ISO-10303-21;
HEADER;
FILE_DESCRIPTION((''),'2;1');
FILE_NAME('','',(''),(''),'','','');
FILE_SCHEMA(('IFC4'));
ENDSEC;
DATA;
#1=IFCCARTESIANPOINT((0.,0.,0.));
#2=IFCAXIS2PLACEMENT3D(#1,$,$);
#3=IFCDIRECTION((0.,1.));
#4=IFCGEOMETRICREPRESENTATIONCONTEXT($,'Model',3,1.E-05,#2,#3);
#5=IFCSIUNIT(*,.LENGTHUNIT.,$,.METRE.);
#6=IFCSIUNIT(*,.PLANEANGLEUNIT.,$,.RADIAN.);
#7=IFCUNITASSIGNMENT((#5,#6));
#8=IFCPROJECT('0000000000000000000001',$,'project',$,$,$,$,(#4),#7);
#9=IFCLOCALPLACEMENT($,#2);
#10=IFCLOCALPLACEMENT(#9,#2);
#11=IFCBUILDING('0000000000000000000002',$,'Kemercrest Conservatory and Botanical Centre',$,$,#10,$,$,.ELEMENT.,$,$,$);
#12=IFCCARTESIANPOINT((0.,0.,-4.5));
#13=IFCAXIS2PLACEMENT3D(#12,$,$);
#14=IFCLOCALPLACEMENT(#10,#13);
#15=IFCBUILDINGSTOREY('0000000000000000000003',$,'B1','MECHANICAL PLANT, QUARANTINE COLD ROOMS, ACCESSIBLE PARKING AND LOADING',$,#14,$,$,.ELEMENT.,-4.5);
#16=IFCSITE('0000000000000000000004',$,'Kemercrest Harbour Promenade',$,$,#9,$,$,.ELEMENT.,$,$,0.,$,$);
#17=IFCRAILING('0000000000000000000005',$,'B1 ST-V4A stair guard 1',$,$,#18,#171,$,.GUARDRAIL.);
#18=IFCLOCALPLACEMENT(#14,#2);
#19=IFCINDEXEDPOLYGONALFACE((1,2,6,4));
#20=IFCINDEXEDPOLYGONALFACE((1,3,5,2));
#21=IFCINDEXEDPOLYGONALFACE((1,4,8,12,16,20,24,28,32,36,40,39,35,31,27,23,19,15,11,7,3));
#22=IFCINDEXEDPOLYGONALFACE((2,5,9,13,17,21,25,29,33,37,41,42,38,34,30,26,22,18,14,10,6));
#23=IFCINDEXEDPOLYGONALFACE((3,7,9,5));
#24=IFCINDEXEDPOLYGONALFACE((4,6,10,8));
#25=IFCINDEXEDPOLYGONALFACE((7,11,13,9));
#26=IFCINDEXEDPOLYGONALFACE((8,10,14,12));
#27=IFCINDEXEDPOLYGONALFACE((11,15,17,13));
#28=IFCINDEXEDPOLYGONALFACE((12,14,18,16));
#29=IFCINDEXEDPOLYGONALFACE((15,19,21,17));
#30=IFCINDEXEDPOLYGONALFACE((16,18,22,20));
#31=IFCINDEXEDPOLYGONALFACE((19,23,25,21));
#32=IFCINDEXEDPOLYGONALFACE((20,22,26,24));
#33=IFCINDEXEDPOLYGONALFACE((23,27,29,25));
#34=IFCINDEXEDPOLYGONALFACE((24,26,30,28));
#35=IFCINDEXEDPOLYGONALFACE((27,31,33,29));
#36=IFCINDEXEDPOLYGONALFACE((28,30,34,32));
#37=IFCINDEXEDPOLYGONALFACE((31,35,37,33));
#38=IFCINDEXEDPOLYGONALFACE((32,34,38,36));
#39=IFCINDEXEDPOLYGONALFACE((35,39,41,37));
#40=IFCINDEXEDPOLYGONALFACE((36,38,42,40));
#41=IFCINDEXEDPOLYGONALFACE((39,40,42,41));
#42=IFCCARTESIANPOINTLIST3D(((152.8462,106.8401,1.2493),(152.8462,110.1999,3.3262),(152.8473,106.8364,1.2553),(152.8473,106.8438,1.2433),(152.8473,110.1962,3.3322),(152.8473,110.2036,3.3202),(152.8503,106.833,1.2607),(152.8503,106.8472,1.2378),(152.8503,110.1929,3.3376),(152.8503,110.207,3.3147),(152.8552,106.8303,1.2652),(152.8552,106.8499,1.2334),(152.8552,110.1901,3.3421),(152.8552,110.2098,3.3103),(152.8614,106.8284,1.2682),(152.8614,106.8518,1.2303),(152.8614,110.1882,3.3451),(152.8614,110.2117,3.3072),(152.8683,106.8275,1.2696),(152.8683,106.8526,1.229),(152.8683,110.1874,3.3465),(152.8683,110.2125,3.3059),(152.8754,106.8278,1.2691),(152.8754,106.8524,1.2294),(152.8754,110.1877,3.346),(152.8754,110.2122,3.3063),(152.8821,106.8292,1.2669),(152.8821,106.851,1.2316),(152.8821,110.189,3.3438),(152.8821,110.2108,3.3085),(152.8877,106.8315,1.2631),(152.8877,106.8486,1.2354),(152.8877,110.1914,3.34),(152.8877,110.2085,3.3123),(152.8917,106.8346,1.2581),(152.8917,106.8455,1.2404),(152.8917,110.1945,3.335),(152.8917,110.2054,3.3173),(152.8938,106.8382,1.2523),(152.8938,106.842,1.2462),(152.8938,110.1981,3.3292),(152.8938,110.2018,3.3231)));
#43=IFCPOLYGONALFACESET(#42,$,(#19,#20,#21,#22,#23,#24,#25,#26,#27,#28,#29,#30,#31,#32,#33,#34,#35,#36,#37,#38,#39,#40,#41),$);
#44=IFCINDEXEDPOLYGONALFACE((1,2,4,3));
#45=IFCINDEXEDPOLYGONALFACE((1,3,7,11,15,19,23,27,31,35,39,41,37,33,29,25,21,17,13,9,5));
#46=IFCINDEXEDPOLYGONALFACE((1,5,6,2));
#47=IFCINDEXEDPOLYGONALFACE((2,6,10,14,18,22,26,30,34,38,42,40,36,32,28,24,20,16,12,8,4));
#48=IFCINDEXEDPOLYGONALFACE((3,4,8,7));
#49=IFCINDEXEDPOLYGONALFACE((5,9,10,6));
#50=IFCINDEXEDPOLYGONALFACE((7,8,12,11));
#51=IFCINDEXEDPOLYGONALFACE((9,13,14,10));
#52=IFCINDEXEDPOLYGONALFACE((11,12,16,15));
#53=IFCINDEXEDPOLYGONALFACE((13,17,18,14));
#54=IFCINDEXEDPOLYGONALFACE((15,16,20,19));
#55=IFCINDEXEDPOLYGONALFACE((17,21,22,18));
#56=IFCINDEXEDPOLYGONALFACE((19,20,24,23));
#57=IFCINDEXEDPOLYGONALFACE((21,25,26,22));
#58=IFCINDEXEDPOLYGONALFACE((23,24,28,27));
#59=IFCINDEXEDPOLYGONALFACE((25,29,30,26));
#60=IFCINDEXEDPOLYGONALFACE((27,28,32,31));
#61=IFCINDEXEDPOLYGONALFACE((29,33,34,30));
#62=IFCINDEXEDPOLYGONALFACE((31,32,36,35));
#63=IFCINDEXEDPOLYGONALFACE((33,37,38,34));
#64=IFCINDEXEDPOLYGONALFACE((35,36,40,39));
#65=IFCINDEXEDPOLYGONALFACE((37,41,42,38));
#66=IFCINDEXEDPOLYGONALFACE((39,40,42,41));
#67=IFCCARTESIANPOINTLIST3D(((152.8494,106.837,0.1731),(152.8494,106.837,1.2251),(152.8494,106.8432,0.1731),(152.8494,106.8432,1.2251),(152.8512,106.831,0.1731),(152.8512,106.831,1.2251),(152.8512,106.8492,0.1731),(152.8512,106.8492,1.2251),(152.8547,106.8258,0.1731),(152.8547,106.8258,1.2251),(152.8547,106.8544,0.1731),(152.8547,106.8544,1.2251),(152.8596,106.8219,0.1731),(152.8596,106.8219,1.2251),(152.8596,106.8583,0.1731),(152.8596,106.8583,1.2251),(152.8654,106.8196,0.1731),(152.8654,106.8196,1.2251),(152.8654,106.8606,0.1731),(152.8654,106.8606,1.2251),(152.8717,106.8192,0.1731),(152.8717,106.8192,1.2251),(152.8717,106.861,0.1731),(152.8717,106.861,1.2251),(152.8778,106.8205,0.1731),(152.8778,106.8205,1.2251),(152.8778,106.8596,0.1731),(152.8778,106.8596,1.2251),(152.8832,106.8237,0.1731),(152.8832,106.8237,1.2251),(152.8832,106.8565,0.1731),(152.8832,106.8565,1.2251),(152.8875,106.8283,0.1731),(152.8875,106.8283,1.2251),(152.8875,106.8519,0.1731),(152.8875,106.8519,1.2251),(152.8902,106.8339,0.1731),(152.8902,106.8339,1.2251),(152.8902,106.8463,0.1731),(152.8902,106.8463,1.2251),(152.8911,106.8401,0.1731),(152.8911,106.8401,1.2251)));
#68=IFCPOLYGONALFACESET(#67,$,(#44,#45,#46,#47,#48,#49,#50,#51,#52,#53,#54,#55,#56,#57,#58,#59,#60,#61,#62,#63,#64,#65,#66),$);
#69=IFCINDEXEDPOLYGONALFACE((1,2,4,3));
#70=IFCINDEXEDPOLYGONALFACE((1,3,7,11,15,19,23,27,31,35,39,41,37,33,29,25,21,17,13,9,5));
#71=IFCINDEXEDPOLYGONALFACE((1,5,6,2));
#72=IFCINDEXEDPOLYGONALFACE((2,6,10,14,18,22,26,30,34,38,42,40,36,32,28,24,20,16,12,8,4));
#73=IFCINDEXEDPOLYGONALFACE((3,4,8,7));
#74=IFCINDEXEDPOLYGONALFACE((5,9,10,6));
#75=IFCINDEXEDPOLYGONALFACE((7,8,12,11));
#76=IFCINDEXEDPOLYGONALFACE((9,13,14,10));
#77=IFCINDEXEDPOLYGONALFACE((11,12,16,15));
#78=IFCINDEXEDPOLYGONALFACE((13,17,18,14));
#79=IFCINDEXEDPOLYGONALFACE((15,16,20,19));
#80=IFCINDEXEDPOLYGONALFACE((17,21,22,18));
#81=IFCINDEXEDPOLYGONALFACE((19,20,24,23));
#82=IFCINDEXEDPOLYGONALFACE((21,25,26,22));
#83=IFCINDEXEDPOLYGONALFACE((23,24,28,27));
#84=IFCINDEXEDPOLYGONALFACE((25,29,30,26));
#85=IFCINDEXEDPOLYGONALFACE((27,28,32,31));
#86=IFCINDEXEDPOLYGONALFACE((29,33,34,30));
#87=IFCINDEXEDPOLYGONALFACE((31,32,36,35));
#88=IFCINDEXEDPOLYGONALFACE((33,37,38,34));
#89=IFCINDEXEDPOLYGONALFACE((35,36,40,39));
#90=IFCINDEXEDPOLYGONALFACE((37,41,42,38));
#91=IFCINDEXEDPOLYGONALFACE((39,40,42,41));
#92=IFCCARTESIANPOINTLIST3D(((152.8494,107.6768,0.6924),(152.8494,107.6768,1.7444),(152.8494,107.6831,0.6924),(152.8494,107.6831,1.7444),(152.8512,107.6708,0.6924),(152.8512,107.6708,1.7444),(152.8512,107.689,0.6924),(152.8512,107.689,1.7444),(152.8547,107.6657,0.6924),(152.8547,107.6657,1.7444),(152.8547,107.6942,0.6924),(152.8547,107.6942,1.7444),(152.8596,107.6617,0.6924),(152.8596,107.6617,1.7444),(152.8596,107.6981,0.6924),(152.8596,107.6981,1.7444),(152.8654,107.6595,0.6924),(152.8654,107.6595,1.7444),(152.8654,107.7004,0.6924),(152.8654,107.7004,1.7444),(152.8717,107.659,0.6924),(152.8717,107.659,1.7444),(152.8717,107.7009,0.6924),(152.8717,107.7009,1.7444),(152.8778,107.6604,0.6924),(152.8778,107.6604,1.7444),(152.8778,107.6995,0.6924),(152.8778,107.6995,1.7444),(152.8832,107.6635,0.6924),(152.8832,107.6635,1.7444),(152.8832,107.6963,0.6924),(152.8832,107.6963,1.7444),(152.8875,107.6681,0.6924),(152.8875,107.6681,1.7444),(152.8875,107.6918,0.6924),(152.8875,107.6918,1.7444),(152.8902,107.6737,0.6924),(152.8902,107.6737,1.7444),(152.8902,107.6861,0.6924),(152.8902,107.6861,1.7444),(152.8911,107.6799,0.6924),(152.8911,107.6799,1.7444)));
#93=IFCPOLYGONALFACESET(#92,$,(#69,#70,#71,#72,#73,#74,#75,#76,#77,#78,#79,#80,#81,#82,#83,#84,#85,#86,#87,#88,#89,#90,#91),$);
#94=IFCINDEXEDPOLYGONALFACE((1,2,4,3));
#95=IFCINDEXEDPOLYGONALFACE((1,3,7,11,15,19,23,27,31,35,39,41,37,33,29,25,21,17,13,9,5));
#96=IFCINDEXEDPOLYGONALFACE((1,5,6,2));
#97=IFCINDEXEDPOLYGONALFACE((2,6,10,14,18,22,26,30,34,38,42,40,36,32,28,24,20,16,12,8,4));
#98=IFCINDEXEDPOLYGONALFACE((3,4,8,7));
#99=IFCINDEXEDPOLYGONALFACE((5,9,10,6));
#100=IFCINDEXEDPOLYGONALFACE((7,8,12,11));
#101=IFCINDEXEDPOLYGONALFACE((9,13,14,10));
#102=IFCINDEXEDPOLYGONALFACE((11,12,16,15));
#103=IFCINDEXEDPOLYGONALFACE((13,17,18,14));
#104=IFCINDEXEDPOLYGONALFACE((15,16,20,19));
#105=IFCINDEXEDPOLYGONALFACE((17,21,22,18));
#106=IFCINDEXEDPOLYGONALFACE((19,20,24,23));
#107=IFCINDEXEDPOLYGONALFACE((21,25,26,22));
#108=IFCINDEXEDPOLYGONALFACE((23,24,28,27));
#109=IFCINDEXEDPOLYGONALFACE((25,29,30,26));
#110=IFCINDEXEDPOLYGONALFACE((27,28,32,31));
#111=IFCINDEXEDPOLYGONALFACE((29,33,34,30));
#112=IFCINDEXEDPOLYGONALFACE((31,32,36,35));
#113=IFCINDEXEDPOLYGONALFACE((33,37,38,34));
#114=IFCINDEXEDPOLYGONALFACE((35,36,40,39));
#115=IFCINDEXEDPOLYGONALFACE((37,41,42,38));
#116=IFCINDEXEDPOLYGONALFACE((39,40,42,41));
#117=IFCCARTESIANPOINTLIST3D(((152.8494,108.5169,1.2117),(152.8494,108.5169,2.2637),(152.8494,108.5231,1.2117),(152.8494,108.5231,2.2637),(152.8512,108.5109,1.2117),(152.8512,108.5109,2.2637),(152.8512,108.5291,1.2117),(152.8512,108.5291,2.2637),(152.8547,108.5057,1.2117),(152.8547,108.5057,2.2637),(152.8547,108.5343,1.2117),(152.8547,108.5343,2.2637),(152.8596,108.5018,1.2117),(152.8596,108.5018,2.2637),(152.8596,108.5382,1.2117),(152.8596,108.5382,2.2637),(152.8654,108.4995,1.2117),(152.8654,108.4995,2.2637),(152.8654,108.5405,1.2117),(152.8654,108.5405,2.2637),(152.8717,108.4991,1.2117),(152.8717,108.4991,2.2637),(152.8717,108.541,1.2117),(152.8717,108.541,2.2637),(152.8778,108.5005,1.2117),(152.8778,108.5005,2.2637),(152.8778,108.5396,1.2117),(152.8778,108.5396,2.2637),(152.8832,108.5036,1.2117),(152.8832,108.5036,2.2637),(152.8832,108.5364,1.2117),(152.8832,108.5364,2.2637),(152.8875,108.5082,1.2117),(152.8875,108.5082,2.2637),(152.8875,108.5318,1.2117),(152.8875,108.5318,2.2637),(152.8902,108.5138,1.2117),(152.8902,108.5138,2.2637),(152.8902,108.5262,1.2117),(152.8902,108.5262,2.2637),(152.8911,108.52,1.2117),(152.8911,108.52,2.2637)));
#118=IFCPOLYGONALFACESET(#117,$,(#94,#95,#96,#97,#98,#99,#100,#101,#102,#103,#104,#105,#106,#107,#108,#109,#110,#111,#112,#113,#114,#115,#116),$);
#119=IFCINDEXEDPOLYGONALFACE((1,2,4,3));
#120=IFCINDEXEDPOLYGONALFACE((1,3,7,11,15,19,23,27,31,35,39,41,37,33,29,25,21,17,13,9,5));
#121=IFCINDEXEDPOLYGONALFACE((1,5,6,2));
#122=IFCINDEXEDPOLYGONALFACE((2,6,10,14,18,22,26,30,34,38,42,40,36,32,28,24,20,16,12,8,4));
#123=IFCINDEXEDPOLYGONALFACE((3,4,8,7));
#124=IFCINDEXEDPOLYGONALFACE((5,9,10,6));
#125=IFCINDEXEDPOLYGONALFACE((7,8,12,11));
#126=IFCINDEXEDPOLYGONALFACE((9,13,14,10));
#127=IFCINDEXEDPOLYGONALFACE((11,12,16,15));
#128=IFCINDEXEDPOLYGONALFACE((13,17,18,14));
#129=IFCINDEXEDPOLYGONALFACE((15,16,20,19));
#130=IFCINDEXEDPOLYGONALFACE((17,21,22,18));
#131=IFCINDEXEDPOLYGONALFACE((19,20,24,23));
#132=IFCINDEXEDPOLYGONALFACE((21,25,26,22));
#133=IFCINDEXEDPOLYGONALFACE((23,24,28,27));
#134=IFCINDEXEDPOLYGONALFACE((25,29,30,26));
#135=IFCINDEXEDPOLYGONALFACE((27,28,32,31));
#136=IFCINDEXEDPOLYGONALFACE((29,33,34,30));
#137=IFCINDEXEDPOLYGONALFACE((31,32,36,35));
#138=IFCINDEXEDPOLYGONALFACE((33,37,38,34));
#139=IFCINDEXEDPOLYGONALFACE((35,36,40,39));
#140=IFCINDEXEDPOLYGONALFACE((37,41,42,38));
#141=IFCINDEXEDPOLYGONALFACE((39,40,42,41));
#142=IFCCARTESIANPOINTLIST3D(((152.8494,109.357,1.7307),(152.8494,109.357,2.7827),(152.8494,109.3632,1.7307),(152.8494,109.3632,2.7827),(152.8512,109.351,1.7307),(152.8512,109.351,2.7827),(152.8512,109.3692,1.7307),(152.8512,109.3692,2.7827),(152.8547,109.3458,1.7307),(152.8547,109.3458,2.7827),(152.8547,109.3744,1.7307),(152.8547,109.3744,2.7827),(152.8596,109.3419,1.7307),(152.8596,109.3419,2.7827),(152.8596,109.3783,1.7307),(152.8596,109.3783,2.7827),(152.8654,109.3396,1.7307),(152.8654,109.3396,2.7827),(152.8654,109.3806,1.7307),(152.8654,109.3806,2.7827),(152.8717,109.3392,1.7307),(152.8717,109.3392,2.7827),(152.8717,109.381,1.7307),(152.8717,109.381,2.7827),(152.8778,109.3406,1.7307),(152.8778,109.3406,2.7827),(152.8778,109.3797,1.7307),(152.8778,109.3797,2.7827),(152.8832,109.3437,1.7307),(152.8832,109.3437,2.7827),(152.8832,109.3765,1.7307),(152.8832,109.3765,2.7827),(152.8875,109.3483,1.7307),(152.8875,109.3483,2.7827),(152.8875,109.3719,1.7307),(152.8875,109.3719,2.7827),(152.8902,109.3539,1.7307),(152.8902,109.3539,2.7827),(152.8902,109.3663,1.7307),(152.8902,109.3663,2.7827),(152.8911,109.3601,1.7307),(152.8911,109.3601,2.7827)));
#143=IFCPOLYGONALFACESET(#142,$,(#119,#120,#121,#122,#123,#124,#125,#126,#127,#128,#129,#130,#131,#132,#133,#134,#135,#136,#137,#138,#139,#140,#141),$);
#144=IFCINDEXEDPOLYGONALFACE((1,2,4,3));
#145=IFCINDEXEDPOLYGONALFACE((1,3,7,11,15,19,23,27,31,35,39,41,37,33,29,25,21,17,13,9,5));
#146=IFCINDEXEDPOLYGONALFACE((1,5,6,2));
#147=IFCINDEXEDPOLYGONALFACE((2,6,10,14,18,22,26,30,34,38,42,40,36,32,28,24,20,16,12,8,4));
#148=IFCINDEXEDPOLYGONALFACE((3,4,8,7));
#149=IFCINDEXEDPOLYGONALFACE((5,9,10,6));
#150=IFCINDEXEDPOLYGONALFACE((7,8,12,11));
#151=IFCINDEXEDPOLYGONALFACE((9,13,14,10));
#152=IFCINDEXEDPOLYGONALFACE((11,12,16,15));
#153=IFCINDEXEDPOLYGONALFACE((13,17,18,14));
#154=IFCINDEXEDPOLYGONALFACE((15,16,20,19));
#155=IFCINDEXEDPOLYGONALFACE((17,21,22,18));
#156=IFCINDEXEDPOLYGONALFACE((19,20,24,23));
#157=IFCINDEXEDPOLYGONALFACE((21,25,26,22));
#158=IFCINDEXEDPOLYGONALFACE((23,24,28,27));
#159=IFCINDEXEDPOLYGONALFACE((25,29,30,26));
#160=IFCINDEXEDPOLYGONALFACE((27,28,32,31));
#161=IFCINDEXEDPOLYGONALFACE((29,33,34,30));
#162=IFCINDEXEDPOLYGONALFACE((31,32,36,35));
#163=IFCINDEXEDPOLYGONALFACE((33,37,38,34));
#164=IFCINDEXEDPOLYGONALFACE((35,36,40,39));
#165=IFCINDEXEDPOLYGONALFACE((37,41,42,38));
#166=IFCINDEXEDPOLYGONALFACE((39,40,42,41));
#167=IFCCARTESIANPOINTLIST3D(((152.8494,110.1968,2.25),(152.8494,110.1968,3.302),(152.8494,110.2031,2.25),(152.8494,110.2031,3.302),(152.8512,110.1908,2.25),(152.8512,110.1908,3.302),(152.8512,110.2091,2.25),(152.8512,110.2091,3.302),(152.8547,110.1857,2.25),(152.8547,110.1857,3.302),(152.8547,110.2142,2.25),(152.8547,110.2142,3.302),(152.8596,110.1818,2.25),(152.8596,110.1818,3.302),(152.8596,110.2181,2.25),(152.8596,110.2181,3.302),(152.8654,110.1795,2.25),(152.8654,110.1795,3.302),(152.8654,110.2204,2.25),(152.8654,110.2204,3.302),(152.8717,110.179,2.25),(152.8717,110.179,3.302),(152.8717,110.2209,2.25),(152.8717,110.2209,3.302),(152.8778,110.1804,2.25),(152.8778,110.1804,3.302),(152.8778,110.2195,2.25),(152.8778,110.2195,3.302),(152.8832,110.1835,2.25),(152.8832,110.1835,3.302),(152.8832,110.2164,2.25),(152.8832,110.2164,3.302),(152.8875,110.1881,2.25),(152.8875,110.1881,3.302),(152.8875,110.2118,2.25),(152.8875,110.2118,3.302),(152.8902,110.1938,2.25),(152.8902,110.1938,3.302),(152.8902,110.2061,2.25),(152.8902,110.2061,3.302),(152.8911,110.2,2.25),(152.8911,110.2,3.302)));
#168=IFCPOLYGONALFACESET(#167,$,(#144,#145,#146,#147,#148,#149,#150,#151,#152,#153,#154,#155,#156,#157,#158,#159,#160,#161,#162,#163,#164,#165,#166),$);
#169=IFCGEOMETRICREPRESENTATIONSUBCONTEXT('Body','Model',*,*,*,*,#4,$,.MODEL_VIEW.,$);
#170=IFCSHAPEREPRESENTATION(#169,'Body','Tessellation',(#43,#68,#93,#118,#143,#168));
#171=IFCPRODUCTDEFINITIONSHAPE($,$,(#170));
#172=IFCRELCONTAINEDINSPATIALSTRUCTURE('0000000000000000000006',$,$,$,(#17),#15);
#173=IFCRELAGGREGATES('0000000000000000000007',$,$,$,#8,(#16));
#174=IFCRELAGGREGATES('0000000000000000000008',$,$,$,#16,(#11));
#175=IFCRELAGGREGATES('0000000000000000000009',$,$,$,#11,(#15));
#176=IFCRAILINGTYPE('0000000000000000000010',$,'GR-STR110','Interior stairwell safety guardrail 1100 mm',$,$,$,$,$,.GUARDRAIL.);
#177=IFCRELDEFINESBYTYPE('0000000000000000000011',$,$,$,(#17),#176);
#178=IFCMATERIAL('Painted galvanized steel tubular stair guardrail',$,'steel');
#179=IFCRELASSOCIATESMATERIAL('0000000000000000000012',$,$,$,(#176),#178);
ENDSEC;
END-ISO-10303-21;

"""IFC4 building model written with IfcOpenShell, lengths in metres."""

from ifc_helpers import new_model, si_unit, direction, frame, origin, origin_2d, place, context, subcontext, project, spatial, circle, extrude, material, type_object, element, save


model = new_model("IFC4")

# Units and contexts
model_context = context("Model", 3, precision=1e-05, world=origin(), true_north=direction((0.0, 1.0)))
body_context = subcontext(model_context, "Body", "Model", "MODEL_VIEW")
ifc_project = project(units=[si_unit("LENGTHUNIT", "METRE"), si_unit("PLANEANGLEUNIT", "RADIAN")], contexts=[model_context])

# Site, building, storey
site_placement = place(None, origin())
site = spatial("IfcSite", under=ifc_project, at=site_placement, Name="Kemercrest Harbour Promenade", CompositionType="ELEMENT", RefElevation=0.0)
building_placement = place(site_placement, origin())
building = spatial("IfcBuilding", under=site, at=building_placement, Name="Kemercrest Conservatory and Botanical Centre", CompositionType="ELEMENT")
storey_placement = place(building_placement, frame((0.0, 0.0, -4.5)))
storey = spatial("IfcBuildingStorey", under=building, at=storey_placement, Name="B1", Description="MECHANICAL PLANT, QUARANTINE COLD ROOMS, ACCESSIBLE PARKING AND LOADING", CompositionType="ELEMENT", Elevation=-4.5)

# Railing
ifc_material_1 = material(Name="Painted galvanized steel tubular stair guardrail", Category="steel")
railing_type_1 = type_object("IfcRailingType", Name="GR-STR110", Description="Interior stairwell safety guardrail 1100 mm", PredefinedType="GUARDRAIL", material=ifc_material_1)
railing_1_placement = place(storey_placement, frame((152.8701, 106.8401, 0.1731)))
element("IfcRailing", 1, at=railing_1_placement, inside=storey, type_object=railing_type_1, Name="B1 ST-V4A stair guard 1", PredefinedType="GUARDRAIL", context=body_context, shape_type="SweptSolid", body=[
    extrude(circle(Radius=0.0239, at=origin_2d()), frame((0.0, 0.0, 1.0762), z_axis=(0.0, 0.850606, 0.525803), x_axis=(-1.0, 0.0, 0.0)), (0.0, 0.0, 1.0), 3.95),
    extrude(circle(Radius=0.021, at=origin_2d()), origin(), (0.0, 0.0, 1.0), 1.052),
    extrude(circle(Radius=0.021, at=origin_2d()), frame((0.0, 0.8398, 0.5193)), (0.0, 0.0, 1.0), 1.052),
    extrude(circle(Radius=0.021, at=origin_2d()), frame((0.0, 1.6799, 1.0386)), (0.0, 0.0, 1.0), 1.052),
    extrude(circle(Radius=0.021, at=origin_2d()), frame((0.0, 2.52, 1.5576)), (0.0, 0.0, 1.0), 1.052),
    extrude(circle(Radius=0.021, at=origin_2d()), frame((0.0, 3.3599, 2.0769)), (0.0, 0.0, 1.0), 1.052),
])

save(model, "model.ifc")
